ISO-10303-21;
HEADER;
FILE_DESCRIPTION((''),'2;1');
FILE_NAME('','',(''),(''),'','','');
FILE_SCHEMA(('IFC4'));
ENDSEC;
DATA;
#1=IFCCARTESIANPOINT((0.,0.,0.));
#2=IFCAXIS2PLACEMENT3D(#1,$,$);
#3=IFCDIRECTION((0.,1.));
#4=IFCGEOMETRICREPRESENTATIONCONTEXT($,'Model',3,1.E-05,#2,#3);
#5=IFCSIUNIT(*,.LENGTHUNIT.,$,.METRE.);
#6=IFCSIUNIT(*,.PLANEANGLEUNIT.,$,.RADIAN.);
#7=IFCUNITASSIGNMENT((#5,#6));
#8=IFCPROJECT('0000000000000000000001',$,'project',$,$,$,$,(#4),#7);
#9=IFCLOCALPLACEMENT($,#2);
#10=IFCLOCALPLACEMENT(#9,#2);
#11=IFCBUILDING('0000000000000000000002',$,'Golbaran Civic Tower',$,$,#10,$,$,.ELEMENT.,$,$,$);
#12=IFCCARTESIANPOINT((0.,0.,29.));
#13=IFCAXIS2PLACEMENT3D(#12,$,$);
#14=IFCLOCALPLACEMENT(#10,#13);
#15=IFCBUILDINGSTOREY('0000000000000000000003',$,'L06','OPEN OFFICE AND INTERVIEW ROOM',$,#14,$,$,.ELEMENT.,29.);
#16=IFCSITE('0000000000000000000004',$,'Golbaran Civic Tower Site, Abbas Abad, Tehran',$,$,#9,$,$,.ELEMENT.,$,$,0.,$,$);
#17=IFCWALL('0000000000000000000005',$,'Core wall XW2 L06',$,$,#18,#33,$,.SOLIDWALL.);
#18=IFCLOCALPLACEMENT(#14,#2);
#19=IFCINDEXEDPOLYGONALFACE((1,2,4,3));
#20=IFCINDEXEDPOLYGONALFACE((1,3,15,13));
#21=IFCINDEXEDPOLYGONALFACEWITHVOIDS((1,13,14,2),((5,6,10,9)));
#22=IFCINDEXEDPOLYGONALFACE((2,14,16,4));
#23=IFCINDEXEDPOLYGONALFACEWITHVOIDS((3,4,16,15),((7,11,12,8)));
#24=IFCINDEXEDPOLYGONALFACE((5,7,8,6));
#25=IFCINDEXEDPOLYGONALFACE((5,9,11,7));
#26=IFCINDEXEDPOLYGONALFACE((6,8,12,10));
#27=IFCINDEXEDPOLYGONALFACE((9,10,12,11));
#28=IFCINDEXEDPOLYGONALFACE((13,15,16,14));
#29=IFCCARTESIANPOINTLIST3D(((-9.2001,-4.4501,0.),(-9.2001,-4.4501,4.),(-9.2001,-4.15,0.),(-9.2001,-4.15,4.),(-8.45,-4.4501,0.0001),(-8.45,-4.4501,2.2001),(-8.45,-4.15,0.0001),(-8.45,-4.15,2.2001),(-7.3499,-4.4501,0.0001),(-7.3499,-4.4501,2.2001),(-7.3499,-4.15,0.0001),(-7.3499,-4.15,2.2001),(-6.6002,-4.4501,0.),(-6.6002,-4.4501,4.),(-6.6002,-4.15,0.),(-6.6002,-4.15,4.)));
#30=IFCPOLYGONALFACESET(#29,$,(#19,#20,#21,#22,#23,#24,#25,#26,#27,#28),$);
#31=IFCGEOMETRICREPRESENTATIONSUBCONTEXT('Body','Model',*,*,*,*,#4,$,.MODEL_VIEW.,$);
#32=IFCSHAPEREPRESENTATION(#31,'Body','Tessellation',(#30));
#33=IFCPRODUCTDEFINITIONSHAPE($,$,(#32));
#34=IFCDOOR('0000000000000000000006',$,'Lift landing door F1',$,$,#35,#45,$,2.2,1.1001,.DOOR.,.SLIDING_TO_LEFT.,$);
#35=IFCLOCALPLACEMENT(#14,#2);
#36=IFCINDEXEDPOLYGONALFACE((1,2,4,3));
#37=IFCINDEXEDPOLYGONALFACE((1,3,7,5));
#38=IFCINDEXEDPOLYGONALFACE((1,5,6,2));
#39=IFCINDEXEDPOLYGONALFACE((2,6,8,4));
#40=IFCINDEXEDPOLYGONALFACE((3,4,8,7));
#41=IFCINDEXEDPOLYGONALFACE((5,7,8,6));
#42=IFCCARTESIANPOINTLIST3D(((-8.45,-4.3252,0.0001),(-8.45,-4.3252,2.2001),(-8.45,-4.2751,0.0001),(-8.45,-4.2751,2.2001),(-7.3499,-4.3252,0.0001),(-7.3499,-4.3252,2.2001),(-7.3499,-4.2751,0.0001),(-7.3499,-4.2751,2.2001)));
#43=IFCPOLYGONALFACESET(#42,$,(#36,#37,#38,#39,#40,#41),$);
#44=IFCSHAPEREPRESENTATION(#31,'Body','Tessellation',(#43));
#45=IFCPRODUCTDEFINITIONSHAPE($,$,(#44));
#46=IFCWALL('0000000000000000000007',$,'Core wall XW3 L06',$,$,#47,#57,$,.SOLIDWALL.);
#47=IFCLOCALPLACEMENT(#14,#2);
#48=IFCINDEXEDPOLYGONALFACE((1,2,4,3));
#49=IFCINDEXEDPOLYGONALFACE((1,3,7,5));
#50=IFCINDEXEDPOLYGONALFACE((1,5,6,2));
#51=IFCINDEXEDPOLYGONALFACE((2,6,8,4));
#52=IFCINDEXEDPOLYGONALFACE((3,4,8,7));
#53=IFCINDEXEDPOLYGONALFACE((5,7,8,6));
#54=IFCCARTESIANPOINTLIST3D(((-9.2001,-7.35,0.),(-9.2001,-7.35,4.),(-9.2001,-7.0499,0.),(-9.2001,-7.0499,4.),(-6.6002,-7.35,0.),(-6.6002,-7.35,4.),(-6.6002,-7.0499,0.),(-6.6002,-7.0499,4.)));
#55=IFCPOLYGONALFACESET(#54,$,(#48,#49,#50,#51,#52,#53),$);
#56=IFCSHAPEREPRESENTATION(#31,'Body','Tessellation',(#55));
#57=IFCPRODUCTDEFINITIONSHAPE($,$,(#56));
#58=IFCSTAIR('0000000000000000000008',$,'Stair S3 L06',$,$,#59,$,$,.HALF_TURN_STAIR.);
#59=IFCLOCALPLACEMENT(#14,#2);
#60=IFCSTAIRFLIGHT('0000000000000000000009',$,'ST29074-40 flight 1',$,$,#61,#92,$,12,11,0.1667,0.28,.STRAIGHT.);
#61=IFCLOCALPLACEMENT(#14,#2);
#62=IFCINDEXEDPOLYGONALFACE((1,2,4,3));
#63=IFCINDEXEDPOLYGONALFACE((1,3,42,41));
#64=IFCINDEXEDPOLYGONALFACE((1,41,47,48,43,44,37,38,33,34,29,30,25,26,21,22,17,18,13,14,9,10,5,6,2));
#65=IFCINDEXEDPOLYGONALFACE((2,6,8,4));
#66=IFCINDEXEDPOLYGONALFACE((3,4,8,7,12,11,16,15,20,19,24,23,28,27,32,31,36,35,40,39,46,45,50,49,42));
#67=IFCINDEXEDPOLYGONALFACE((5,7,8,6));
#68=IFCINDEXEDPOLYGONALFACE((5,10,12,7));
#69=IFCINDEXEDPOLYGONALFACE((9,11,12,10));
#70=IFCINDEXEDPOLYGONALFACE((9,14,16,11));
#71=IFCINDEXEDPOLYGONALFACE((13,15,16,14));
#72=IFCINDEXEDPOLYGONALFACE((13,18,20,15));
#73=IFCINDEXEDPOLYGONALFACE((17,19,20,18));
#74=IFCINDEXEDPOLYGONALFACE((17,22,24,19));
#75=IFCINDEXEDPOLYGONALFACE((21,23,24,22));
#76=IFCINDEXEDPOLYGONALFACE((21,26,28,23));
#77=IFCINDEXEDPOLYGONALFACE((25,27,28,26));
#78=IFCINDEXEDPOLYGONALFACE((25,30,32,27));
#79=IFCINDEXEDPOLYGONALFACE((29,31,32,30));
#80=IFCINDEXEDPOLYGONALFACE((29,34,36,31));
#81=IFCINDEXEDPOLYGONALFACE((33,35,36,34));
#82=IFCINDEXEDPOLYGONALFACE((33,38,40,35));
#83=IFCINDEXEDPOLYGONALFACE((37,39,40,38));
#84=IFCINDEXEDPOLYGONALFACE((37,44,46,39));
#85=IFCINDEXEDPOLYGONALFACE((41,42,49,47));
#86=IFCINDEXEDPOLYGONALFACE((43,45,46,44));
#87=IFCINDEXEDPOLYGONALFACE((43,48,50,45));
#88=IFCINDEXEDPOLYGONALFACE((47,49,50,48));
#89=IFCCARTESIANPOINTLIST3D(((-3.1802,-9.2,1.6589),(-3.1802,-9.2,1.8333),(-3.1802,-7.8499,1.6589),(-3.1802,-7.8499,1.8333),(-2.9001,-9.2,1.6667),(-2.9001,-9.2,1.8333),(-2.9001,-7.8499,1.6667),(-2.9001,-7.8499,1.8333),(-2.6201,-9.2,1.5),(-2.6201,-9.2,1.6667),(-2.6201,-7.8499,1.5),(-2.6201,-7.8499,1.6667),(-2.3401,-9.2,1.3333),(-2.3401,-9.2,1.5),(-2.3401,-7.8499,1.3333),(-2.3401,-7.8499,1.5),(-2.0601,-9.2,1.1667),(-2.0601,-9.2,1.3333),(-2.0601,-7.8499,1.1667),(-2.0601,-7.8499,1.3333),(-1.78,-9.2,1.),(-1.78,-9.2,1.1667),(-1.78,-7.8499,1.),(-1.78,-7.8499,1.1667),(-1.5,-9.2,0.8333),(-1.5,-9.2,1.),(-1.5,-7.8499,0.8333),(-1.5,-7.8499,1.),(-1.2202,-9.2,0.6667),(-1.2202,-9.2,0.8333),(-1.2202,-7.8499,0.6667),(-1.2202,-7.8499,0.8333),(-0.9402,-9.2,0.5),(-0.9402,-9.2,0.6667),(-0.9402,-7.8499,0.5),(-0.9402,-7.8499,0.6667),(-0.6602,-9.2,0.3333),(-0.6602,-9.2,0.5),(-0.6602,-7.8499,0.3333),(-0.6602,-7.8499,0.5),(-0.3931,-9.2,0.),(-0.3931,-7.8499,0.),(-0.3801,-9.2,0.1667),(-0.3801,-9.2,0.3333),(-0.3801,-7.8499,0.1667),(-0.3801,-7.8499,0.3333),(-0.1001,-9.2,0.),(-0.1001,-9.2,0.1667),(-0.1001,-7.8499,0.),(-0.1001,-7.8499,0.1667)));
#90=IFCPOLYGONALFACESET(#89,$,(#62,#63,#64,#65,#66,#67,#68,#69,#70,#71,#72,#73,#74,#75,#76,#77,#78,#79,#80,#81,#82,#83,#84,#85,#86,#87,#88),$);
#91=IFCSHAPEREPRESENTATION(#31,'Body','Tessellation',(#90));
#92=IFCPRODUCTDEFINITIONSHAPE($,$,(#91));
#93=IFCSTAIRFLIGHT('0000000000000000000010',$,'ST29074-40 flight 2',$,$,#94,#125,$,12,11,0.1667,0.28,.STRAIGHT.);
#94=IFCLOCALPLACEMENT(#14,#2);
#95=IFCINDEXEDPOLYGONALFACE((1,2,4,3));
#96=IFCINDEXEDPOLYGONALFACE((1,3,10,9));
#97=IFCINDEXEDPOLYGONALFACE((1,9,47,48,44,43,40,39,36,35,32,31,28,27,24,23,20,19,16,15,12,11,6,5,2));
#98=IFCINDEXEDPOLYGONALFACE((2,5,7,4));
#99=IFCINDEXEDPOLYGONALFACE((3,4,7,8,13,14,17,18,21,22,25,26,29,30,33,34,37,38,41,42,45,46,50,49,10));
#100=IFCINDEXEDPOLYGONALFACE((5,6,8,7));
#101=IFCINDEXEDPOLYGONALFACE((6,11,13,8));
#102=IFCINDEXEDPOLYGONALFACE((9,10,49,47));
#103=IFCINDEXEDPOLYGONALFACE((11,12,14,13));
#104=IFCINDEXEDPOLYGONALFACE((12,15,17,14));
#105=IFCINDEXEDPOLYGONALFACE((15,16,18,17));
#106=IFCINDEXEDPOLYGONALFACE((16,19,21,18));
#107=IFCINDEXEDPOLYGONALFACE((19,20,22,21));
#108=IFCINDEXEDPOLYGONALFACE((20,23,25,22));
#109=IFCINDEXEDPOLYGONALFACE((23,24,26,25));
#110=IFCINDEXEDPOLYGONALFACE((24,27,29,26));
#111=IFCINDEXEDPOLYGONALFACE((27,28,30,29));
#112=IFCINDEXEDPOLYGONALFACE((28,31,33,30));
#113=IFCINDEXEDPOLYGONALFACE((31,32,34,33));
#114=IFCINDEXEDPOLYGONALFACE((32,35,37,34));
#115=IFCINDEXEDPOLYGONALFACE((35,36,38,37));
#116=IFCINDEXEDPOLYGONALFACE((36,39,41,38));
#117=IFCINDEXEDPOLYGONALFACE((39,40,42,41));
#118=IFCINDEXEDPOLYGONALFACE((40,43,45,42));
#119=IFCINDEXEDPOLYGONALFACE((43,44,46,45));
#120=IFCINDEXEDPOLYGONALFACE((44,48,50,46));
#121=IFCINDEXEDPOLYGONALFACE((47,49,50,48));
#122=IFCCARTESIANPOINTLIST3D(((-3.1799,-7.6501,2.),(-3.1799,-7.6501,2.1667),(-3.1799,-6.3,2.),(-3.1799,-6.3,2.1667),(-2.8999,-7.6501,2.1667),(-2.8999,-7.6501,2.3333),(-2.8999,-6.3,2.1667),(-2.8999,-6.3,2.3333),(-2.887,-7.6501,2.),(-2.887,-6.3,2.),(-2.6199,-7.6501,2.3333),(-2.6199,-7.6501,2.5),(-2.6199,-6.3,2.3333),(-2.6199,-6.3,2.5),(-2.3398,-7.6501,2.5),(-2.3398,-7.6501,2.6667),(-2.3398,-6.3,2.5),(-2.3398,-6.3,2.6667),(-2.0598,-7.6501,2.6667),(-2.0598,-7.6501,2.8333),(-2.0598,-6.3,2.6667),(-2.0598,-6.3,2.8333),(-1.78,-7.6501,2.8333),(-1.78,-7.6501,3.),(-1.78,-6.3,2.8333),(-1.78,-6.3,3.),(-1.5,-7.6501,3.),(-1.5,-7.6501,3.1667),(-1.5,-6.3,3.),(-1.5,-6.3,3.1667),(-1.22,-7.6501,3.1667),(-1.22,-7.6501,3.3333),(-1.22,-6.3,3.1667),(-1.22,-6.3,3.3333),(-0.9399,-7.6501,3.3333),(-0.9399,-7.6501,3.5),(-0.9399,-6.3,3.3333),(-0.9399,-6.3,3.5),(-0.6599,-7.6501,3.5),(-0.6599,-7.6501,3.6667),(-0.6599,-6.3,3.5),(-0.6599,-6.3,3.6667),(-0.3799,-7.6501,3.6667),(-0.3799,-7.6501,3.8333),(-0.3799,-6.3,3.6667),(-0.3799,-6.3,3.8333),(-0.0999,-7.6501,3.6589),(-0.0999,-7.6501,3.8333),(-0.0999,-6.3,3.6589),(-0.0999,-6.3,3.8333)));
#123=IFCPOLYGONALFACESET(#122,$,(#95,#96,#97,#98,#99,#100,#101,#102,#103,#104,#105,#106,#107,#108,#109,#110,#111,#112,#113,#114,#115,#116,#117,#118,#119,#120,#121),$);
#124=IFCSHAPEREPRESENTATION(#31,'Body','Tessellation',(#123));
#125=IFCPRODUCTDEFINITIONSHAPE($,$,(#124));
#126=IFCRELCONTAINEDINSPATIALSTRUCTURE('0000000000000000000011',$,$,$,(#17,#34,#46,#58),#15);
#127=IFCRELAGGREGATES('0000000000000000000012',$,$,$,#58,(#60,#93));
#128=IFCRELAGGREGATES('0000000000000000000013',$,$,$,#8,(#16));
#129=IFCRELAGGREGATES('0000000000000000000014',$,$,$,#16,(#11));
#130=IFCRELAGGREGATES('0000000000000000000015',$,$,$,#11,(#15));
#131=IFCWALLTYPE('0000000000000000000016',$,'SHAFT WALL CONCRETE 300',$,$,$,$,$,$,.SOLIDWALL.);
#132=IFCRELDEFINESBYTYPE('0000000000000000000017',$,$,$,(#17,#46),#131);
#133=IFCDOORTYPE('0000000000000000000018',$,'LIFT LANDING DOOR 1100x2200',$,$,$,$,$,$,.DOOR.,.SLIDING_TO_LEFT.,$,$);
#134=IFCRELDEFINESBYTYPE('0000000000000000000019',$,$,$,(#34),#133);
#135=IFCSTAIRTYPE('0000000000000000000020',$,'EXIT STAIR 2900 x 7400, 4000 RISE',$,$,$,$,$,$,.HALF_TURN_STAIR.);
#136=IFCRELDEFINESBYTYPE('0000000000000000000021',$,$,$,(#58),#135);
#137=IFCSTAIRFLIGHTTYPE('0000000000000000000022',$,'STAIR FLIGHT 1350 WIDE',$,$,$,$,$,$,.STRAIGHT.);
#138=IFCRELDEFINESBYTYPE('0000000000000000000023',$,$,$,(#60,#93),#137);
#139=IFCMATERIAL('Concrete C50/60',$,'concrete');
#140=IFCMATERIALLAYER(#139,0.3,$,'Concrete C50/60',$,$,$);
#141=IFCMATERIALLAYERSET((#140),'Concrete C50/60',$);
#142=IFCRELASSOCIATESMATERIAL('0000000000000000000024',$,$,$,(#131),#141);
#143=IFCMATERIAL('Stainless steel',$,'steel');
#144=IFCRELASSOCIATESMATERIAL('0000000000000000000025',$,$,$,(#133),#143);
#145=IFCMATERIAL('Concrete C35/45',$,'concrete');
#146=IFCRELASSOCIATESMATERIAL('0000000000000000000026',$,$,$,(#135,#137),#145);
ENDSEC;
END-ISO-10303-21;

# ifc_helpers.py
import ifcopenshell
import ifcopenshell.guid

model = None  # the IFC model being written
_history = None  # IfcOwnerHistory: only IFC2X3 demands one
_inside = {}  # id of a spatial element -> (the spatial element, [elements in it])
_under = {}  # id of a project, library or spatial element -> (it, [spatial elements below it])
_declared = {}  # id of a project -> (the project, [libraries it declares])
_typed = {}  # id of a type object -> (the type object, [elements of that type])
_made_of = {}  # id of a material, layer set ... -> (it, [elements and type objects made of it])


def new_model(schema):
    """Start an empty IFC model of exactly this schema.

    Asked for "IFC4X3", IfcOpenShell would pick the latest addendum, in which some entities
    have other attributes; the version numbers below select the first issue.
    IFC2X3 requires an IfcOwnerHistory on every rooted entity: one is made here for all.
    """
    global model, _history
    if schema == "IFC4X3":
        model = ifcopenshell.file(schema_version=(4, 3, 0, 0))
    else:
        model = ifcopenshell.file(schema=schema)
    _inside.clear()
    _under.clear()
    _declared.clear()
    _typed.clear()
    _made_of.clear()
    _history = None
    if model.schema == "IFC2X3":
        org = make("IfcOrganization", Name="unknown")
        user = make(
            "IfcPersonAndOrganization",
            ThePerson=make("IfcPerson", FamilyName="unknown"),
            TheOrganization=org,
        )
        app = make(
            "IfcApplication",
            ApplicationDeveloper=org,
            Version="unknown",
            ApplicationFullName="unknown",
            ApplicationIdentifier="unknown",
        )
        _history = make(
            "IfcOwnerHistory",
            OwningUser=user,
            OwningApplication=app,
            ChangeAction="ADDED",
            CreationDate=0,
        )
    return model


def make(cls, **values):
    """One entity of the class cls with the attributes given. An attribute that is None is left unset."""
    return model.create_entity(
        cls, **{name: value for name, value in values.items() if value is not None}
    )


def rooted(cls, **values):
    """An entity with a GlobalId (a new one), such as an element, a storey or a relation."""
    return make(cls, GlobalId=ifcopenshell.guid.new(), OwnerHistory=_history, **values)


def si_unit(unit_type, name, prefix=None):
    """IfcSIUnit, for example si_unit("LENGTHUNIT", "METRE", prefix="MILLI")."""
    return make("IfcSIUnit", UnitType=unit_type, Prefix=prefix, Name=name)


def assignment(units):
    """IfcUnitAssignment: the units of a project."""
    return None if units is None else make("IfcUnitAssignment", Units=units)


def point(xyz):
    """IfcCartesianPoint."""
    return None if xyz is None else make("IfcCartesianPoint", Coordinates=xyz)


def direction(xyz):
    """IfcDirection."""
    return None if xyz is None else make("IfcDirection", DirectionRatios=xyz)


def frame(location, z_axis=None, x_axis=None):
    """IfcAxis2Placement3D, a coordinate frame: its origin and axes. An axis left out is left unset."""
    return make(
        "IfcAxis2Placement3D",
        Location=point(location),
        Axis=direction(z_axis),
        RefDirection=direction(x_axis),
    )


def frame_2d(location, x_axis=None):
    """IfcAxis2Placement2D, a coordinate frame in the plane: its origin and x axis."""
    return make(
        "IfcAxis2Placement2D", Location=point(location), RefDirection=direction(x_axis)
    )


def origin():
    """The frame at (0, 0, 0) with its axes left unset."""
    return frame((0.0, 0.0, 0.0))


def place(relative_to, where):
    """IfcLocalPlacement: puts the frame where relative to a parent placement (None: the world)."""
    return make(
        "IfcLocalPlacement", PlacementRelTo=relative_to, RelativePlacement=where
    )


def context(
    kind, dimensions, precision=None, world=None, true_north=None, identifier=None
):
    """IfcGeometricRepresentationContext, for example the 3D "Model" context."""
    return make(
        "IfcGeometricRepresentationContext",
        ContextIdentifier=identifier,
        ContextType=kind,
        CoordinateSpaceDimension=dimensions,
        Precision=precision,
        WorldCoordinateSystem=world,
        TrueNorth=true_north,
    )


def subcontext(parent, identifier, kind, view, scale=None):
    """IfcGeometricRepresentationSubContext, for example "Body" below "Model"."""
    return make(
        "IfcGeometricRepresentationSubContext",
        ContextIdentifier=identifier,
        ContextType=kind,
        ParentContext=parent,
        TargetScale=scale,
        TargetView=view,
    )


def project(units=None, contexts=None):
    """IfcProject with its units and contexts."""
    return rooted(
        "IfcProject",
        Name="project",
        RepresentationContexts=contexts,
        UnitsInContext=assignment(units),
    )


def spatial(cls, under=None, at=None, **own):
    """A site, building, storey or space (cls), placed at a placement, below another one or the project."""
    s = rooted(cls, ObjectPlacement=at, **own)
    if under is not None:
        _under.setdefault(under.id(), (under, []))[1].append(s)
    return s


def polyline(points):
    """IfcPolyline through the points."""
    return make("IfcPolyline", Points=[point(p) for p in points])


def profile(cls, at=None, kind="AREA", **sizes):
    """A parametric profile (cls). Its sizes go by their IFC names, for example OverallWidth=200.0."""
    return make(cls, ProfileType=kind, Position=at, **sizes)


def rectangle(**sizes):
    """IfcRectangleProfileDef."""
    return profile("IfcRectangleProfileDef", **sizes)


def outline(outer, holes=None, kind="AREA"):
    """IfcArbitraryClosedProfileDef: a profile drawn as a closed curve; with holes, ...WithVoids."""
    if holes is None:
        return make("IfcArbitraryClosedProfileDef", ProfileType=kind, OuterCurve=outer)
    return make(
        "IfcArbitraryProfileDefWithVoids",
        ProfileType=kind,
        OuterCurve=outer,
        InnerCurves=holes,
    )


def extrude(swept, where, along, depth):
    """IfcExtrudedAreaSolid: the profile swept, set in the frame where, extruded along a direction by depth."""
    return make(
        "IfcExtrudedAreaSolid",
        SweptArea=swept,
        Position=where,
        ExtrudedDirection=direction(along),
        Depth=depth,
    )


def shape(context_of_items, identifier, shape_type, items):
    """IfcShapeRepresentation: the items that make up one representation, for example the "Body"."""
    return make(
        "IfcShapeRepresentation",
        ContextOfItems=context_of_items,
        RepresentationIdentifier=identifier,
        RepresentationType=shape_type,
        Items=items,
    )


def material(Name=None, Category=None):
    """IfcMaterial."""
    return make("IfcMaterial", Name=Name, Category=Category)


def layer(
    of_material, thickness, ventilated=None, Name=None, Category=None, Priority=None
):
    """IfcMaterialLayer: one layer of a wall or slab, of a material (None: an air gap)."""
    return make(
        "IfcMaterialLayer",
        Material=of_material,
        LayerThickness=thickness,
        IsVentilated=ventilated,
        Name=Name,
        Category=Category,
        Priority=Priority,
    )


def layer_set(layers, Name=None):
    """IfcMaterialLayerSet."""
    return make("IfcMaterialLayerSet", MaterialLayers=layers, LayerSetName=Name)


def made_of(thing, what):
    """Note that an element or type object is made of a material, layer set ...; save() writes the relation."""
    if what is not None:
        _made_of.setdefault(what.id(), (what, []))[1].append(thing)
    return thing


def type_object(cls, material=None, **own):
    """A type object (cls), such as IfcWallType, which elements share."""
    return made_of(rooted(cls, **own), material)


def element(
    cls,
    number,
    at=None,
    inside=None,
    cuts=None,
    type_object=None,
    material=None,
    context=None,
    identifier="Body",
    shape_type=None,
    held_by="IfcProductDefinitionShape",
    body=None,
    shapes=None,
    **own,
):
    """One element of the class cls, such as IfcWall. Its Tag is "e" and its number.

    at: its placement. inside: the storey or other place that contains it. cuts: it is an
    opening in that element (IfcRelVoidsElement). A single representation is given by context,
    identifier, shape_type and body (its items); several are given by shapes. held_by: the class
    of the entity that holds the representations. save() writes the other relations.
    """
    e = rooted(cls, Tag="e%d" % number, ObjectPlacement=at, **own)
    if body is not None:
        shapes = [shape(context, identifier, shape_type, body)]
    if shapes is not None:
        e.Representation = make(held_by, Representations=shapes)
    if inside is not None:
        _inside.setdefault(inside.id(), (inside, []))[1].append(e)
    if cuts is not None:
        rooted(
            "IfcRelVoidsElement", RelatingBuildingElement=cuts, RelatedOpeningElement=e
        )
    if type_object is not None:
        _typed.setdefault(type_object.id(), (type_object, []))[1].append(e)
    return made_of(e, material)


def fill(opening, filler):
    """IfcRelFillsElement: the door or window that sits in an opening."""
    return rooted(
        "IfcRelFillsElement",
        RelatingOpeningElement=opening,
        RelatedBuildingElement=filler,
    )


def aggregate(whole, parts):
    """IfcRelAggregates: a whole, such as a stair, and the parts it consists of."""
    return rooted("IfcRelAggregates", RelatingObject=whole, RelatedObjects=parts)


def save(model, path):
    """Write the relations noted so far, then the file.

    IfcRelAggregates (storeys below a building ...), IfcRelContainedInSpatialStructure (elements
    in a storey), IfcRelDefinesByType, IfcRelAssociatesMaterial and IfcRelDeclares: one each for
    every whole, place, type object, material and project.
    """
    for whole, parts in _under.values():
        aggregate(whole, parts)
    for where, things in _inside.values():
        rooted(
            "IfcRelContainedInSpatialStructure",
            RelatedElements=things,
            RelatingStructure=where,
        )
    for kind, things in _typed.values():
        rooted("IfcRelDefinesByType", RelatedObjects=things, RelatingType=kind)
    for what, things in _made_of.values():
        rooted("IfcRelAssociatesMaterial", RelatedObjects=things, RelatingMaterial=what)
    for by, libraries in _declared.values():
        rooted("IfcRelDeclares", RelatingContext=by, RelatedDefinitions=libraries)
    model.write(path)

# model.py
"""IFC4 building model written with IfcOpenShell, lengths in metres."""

from ifc_helpers import new_model, si_unit, direction, frame, frame_2d, origin, place, context, subcontext, project, spatial, polyline, rectangle, outline, extrude, material, layer, layer_set, type_object, element, fill, aggregate, save


model = new_model("IFC4")

# Units and contexts
model_context = context("Model", 3, precision=1e-05, world=origin(), true_north=direction((0.0, 1.0)))
body_context = subcontext(model_context, "Body", "Model", "MODEL_VIEW")
ifc_project = project(units=[si_unit("LENGTHUNIT", "METRE"), si_unit("PLANEANGLEUNIT", "RADIAN")], contexts=[model_context])

# Site, building, storey
site_placement = place(None, origin())
site = spatial("IfcSite", under=ifc_project, at=site_placement, Name="Golbaran Civic Tower Site, Abbas Abad, Tehran", CompositionType="ELEMENT", RefElevation=0.0)
building_placement = place(site_placement, origin())
building = spatial("IfcBuilding", under=site, at=building_placement, Name="Golbaran Civic Tower", CompositionType="ELEMENT")
storey_placement = place(building_placement, frame((0.0, 0.0, 29.0)))
storey = spatial("IfcBuildingStorey", under=building, at=storey_placement, Name="L06", Description="OPEN OFFICE AND INTERVIEW ROOM", CompositionType="ELEMENT", Elevation=29.0)

# Shared definitions
ifc_material_1 = material(Name="Concrete C50/60", Category="concrete")

# Shared definitions
ifc_layer_1 = layer(ifc_material_1, 0.3, Name="Concrete C50/60")
ifc_layer_set_1 = layer_set([ifc_layer_1], Name="Concrete C50/60")
wall_type_1 = type_object("IfcWallType", Name="SHAFT WALL CONCRETE 300", PredefinedType="SOLIDWALL", material=ifc_layer_set_1)

# Wall, opening, door
wall_1_placement = place(storey_placement, frame((-9.2, -4.3, 0.0), z_axis=(0.0, 0.0, 1.0), x_axis=(1.0, 0.0, 0.0)))
wall_1 = element("IfcWall", 1, at=wall_1_placement, inside=storey, type_object=wall_type_1, Name="Core wall XW2 L06", PredefinedType="SOLIDWALL", context=body_context, shape_type="SweptSolid", body=[
    extrude(rectangle(XDim=2.5999, YDim=0.3, at=frame_2d((1.2998, 0.0))), origin(), (0.0, 0.0, 1.0), 4.0),
])
opening_1_placement = place(wall_1_placement, frame((0.75, 0.0, 0.0)))
opening_1 = element("IfcOpeningElement", 2, at=opening_1_placement, cuts=wall_1, PredefinedType="OPENING", context=body_context, shape_type="SweptSolid", body=[
    extrude(rectangle(XDim=1.1001, YDim=2.2, at=frame_2d((0.55, 1.1001))), frame((0.0, 0.1599, 0.0), z_axis=(0.0, -1.0, 0.0), x_axis=(1.0, 0.0, 0.0)), (0.0, 0.0, 1.0), 0.3201),
])
ifc_material_2 = material(Name="Stainless steel", Category="steel")
door_type_1 = type_object("IfcDoorType", Name="LIFT LANDING DOOR 1100x2200", OperationType="SLIDING_TO_LEFT", PredefinedType="DOOR", material=ifc_material_2)
door_1_placement = place(opening_1_placement, origin())
door_1 = element("IfcDoor", 3, at=door_1_placement, inside=storey, type_object=door_type_1, Name="Lift landing door F1", OperationType="SLIDING_TO_LEFT", OverallHeight=2.2, OverallWidth=1.1001, PredefinedType="DOOR", context=body_context, shape_type="SweptSolid", body=[
    extrude(rectangle(XDim=1.1001, YDim=2.2, at=frame_2d((0.55, 1.1001))), frame((0.0, 0.0249, 0.0), z_axis=(0.0, -1.0, 0.0), x_axis=(1.0, 0.0, 0.0)), (0.0, 0.0, 1.0), 0.05),
])
fill(opening_1, door_1)

# Wall
wall_2_placement = place(storey_placement, frame((-9.2, -7.2, 0.0), z_axis=(0.0, 0.0, 1.0), x_axis=(1.0, 0.0, 0.0)))
element("IfcWall", 4, at=wall_2_placement, inside=storey, type_object=wall_type_1, Name="Core wall XW3 L06", PredefinedType="SOLIDWALL", context=body_context, shape_type="SweptSolid", body=[
    extrude(rectangle(XDim=2.5999, YDim=0.3, at=frame_2d((1.2998, 0.0))), origin(), (0.0, 0.0, 1.0), 4.0),
])

# Stair, stair flights
ifc_material_3 = material(Name="Concrete C35/45", Category="concrete")
stair_type = type_object("IfcStairType", Name="EXIT STAIR 2900 x 7400, 4000 RISE", PredefinedType="HALF_TURN_STAIR", material=ifc_material_3)
stair_placement = place(storey_placement, origin())
stair = element("IfcStair", 5, at=stair_placement, inside=storey, type_object=stair_type, Name="Stair S3 L06", PredefinedType="HALF_TURN_STAIR")
stair_flight_type = type_object("IfcStairFlightType", Name="STAIR FLIGHT 1350 WIDE", PredefinedType="STRAIGHT", material=ifc_material_3)
stair_flight_1_placement = place(storey_placement, frame((-0.1001, -8.5249, 0.0), z_axis=(0.0, 0.0, 1.0), x_axis=(-1.0, 0.0, 0.0)))
stair_flight_1 = element("IfcStairFlight", 6, at=stair_flight_1_placement, type_object=stair_flight_type, Name="ST29074-40 flight 1", NumberOfRisers=12, NumberOfTreads=11, PredefinedType="STRAIGHT", RiserHeight=0.1667, TreadLength=0.28, context=body_context, shape_type="SweptSolid", body=[
    extrude(outline(polyline([(0.0, 0.0), (0.0, 0.1667), (0.28, 0.1667), (0.28, 0.3333), (0.5601, 0.3333), (0.5601, 0.5), (0.8401, 0.5), (0.8401, 0.6667), (1.1201, 0.6667), (1.1201, 0.8333), (1.3999, 0.8333), (1.3999, 1.0), (1.6799, 1.0), (1.6799, 1.1667), (1.96, 1.1667), (1.96, 1.3333), (2.24, 1.3333), (2.24, 1.5), (2.52, 1.5), (2.52, 1.6667), (2.8, 1.6667), (2.8, 1.8333), (3.0801, 1.8333), (3.0801, 2.0), (3.0801, 1.6589), (0.293, 0.0), (0.0, 0.0)])), frame((0.0, 0.675, 0.0), z_axis=(0.0, -1.0, 0.0), x_axis=(1.0, 0.0, 0.0)), (0.0, 0.0, 1.0), 1.3501),
])
stair_flight_2_placement = place(storey_placement, frame((-3.1799, -6.9751, 2.0), z_axis=(0.0, 0.0, 1.0), x_axis=(1.0, 0.0, 0.0)))
stair_flight_2 = element("IfcStairFlight", 7, at=stair_flight_2_placement, type_object=stair_flight_type, Name="ST29074-40 flight 2", NumberOfRisers=12, NumberOfTreads=11, PredefinedType="STRAIGHT", RiserHeight=0.1667, TreadLength=0.28, context=body_context, shape_type="SweptSolid", body=[
    extrude(outline(polyline([(0.0, 0.0), (0.0, 0.1667), (0.28, 0.1667), (0.28, 0.3333), (0.5601, 0.3333), (0.5601, 0.5), (0.8401, 0.5), (0.8401, 0.6667), (1.1201, 0.6667), (1.1201, 0.8333), (1.3999, 0.8333), (1.3999, 1.0), (1.6799, 1.0), (1.6799, 1.1667), (1.96, 1.1667), (1.96, 1.3333), (2.24, 1.3333), (2.24, 1.5), (2.52, 1.5), (2.52, 1.6667), (2.8, 1.6667), (2.8, 1.8333), (3.0801, 1.8333), (3.0801, 2.0), (3.0801, 1.6589), (0.293, 0.0), (0.0, 0.0)])), frame((0.0, 0.675, 0.0), z_axis=(0.0, -1.0, 0.0), x_axis=(1.0, 0.0, 0.0)), (0.0, 0.0, 1.0), 1.3501),
])
aggregate(stair, [stair_flight_1, stair_flight_2])

save(model, "model.ifc")
